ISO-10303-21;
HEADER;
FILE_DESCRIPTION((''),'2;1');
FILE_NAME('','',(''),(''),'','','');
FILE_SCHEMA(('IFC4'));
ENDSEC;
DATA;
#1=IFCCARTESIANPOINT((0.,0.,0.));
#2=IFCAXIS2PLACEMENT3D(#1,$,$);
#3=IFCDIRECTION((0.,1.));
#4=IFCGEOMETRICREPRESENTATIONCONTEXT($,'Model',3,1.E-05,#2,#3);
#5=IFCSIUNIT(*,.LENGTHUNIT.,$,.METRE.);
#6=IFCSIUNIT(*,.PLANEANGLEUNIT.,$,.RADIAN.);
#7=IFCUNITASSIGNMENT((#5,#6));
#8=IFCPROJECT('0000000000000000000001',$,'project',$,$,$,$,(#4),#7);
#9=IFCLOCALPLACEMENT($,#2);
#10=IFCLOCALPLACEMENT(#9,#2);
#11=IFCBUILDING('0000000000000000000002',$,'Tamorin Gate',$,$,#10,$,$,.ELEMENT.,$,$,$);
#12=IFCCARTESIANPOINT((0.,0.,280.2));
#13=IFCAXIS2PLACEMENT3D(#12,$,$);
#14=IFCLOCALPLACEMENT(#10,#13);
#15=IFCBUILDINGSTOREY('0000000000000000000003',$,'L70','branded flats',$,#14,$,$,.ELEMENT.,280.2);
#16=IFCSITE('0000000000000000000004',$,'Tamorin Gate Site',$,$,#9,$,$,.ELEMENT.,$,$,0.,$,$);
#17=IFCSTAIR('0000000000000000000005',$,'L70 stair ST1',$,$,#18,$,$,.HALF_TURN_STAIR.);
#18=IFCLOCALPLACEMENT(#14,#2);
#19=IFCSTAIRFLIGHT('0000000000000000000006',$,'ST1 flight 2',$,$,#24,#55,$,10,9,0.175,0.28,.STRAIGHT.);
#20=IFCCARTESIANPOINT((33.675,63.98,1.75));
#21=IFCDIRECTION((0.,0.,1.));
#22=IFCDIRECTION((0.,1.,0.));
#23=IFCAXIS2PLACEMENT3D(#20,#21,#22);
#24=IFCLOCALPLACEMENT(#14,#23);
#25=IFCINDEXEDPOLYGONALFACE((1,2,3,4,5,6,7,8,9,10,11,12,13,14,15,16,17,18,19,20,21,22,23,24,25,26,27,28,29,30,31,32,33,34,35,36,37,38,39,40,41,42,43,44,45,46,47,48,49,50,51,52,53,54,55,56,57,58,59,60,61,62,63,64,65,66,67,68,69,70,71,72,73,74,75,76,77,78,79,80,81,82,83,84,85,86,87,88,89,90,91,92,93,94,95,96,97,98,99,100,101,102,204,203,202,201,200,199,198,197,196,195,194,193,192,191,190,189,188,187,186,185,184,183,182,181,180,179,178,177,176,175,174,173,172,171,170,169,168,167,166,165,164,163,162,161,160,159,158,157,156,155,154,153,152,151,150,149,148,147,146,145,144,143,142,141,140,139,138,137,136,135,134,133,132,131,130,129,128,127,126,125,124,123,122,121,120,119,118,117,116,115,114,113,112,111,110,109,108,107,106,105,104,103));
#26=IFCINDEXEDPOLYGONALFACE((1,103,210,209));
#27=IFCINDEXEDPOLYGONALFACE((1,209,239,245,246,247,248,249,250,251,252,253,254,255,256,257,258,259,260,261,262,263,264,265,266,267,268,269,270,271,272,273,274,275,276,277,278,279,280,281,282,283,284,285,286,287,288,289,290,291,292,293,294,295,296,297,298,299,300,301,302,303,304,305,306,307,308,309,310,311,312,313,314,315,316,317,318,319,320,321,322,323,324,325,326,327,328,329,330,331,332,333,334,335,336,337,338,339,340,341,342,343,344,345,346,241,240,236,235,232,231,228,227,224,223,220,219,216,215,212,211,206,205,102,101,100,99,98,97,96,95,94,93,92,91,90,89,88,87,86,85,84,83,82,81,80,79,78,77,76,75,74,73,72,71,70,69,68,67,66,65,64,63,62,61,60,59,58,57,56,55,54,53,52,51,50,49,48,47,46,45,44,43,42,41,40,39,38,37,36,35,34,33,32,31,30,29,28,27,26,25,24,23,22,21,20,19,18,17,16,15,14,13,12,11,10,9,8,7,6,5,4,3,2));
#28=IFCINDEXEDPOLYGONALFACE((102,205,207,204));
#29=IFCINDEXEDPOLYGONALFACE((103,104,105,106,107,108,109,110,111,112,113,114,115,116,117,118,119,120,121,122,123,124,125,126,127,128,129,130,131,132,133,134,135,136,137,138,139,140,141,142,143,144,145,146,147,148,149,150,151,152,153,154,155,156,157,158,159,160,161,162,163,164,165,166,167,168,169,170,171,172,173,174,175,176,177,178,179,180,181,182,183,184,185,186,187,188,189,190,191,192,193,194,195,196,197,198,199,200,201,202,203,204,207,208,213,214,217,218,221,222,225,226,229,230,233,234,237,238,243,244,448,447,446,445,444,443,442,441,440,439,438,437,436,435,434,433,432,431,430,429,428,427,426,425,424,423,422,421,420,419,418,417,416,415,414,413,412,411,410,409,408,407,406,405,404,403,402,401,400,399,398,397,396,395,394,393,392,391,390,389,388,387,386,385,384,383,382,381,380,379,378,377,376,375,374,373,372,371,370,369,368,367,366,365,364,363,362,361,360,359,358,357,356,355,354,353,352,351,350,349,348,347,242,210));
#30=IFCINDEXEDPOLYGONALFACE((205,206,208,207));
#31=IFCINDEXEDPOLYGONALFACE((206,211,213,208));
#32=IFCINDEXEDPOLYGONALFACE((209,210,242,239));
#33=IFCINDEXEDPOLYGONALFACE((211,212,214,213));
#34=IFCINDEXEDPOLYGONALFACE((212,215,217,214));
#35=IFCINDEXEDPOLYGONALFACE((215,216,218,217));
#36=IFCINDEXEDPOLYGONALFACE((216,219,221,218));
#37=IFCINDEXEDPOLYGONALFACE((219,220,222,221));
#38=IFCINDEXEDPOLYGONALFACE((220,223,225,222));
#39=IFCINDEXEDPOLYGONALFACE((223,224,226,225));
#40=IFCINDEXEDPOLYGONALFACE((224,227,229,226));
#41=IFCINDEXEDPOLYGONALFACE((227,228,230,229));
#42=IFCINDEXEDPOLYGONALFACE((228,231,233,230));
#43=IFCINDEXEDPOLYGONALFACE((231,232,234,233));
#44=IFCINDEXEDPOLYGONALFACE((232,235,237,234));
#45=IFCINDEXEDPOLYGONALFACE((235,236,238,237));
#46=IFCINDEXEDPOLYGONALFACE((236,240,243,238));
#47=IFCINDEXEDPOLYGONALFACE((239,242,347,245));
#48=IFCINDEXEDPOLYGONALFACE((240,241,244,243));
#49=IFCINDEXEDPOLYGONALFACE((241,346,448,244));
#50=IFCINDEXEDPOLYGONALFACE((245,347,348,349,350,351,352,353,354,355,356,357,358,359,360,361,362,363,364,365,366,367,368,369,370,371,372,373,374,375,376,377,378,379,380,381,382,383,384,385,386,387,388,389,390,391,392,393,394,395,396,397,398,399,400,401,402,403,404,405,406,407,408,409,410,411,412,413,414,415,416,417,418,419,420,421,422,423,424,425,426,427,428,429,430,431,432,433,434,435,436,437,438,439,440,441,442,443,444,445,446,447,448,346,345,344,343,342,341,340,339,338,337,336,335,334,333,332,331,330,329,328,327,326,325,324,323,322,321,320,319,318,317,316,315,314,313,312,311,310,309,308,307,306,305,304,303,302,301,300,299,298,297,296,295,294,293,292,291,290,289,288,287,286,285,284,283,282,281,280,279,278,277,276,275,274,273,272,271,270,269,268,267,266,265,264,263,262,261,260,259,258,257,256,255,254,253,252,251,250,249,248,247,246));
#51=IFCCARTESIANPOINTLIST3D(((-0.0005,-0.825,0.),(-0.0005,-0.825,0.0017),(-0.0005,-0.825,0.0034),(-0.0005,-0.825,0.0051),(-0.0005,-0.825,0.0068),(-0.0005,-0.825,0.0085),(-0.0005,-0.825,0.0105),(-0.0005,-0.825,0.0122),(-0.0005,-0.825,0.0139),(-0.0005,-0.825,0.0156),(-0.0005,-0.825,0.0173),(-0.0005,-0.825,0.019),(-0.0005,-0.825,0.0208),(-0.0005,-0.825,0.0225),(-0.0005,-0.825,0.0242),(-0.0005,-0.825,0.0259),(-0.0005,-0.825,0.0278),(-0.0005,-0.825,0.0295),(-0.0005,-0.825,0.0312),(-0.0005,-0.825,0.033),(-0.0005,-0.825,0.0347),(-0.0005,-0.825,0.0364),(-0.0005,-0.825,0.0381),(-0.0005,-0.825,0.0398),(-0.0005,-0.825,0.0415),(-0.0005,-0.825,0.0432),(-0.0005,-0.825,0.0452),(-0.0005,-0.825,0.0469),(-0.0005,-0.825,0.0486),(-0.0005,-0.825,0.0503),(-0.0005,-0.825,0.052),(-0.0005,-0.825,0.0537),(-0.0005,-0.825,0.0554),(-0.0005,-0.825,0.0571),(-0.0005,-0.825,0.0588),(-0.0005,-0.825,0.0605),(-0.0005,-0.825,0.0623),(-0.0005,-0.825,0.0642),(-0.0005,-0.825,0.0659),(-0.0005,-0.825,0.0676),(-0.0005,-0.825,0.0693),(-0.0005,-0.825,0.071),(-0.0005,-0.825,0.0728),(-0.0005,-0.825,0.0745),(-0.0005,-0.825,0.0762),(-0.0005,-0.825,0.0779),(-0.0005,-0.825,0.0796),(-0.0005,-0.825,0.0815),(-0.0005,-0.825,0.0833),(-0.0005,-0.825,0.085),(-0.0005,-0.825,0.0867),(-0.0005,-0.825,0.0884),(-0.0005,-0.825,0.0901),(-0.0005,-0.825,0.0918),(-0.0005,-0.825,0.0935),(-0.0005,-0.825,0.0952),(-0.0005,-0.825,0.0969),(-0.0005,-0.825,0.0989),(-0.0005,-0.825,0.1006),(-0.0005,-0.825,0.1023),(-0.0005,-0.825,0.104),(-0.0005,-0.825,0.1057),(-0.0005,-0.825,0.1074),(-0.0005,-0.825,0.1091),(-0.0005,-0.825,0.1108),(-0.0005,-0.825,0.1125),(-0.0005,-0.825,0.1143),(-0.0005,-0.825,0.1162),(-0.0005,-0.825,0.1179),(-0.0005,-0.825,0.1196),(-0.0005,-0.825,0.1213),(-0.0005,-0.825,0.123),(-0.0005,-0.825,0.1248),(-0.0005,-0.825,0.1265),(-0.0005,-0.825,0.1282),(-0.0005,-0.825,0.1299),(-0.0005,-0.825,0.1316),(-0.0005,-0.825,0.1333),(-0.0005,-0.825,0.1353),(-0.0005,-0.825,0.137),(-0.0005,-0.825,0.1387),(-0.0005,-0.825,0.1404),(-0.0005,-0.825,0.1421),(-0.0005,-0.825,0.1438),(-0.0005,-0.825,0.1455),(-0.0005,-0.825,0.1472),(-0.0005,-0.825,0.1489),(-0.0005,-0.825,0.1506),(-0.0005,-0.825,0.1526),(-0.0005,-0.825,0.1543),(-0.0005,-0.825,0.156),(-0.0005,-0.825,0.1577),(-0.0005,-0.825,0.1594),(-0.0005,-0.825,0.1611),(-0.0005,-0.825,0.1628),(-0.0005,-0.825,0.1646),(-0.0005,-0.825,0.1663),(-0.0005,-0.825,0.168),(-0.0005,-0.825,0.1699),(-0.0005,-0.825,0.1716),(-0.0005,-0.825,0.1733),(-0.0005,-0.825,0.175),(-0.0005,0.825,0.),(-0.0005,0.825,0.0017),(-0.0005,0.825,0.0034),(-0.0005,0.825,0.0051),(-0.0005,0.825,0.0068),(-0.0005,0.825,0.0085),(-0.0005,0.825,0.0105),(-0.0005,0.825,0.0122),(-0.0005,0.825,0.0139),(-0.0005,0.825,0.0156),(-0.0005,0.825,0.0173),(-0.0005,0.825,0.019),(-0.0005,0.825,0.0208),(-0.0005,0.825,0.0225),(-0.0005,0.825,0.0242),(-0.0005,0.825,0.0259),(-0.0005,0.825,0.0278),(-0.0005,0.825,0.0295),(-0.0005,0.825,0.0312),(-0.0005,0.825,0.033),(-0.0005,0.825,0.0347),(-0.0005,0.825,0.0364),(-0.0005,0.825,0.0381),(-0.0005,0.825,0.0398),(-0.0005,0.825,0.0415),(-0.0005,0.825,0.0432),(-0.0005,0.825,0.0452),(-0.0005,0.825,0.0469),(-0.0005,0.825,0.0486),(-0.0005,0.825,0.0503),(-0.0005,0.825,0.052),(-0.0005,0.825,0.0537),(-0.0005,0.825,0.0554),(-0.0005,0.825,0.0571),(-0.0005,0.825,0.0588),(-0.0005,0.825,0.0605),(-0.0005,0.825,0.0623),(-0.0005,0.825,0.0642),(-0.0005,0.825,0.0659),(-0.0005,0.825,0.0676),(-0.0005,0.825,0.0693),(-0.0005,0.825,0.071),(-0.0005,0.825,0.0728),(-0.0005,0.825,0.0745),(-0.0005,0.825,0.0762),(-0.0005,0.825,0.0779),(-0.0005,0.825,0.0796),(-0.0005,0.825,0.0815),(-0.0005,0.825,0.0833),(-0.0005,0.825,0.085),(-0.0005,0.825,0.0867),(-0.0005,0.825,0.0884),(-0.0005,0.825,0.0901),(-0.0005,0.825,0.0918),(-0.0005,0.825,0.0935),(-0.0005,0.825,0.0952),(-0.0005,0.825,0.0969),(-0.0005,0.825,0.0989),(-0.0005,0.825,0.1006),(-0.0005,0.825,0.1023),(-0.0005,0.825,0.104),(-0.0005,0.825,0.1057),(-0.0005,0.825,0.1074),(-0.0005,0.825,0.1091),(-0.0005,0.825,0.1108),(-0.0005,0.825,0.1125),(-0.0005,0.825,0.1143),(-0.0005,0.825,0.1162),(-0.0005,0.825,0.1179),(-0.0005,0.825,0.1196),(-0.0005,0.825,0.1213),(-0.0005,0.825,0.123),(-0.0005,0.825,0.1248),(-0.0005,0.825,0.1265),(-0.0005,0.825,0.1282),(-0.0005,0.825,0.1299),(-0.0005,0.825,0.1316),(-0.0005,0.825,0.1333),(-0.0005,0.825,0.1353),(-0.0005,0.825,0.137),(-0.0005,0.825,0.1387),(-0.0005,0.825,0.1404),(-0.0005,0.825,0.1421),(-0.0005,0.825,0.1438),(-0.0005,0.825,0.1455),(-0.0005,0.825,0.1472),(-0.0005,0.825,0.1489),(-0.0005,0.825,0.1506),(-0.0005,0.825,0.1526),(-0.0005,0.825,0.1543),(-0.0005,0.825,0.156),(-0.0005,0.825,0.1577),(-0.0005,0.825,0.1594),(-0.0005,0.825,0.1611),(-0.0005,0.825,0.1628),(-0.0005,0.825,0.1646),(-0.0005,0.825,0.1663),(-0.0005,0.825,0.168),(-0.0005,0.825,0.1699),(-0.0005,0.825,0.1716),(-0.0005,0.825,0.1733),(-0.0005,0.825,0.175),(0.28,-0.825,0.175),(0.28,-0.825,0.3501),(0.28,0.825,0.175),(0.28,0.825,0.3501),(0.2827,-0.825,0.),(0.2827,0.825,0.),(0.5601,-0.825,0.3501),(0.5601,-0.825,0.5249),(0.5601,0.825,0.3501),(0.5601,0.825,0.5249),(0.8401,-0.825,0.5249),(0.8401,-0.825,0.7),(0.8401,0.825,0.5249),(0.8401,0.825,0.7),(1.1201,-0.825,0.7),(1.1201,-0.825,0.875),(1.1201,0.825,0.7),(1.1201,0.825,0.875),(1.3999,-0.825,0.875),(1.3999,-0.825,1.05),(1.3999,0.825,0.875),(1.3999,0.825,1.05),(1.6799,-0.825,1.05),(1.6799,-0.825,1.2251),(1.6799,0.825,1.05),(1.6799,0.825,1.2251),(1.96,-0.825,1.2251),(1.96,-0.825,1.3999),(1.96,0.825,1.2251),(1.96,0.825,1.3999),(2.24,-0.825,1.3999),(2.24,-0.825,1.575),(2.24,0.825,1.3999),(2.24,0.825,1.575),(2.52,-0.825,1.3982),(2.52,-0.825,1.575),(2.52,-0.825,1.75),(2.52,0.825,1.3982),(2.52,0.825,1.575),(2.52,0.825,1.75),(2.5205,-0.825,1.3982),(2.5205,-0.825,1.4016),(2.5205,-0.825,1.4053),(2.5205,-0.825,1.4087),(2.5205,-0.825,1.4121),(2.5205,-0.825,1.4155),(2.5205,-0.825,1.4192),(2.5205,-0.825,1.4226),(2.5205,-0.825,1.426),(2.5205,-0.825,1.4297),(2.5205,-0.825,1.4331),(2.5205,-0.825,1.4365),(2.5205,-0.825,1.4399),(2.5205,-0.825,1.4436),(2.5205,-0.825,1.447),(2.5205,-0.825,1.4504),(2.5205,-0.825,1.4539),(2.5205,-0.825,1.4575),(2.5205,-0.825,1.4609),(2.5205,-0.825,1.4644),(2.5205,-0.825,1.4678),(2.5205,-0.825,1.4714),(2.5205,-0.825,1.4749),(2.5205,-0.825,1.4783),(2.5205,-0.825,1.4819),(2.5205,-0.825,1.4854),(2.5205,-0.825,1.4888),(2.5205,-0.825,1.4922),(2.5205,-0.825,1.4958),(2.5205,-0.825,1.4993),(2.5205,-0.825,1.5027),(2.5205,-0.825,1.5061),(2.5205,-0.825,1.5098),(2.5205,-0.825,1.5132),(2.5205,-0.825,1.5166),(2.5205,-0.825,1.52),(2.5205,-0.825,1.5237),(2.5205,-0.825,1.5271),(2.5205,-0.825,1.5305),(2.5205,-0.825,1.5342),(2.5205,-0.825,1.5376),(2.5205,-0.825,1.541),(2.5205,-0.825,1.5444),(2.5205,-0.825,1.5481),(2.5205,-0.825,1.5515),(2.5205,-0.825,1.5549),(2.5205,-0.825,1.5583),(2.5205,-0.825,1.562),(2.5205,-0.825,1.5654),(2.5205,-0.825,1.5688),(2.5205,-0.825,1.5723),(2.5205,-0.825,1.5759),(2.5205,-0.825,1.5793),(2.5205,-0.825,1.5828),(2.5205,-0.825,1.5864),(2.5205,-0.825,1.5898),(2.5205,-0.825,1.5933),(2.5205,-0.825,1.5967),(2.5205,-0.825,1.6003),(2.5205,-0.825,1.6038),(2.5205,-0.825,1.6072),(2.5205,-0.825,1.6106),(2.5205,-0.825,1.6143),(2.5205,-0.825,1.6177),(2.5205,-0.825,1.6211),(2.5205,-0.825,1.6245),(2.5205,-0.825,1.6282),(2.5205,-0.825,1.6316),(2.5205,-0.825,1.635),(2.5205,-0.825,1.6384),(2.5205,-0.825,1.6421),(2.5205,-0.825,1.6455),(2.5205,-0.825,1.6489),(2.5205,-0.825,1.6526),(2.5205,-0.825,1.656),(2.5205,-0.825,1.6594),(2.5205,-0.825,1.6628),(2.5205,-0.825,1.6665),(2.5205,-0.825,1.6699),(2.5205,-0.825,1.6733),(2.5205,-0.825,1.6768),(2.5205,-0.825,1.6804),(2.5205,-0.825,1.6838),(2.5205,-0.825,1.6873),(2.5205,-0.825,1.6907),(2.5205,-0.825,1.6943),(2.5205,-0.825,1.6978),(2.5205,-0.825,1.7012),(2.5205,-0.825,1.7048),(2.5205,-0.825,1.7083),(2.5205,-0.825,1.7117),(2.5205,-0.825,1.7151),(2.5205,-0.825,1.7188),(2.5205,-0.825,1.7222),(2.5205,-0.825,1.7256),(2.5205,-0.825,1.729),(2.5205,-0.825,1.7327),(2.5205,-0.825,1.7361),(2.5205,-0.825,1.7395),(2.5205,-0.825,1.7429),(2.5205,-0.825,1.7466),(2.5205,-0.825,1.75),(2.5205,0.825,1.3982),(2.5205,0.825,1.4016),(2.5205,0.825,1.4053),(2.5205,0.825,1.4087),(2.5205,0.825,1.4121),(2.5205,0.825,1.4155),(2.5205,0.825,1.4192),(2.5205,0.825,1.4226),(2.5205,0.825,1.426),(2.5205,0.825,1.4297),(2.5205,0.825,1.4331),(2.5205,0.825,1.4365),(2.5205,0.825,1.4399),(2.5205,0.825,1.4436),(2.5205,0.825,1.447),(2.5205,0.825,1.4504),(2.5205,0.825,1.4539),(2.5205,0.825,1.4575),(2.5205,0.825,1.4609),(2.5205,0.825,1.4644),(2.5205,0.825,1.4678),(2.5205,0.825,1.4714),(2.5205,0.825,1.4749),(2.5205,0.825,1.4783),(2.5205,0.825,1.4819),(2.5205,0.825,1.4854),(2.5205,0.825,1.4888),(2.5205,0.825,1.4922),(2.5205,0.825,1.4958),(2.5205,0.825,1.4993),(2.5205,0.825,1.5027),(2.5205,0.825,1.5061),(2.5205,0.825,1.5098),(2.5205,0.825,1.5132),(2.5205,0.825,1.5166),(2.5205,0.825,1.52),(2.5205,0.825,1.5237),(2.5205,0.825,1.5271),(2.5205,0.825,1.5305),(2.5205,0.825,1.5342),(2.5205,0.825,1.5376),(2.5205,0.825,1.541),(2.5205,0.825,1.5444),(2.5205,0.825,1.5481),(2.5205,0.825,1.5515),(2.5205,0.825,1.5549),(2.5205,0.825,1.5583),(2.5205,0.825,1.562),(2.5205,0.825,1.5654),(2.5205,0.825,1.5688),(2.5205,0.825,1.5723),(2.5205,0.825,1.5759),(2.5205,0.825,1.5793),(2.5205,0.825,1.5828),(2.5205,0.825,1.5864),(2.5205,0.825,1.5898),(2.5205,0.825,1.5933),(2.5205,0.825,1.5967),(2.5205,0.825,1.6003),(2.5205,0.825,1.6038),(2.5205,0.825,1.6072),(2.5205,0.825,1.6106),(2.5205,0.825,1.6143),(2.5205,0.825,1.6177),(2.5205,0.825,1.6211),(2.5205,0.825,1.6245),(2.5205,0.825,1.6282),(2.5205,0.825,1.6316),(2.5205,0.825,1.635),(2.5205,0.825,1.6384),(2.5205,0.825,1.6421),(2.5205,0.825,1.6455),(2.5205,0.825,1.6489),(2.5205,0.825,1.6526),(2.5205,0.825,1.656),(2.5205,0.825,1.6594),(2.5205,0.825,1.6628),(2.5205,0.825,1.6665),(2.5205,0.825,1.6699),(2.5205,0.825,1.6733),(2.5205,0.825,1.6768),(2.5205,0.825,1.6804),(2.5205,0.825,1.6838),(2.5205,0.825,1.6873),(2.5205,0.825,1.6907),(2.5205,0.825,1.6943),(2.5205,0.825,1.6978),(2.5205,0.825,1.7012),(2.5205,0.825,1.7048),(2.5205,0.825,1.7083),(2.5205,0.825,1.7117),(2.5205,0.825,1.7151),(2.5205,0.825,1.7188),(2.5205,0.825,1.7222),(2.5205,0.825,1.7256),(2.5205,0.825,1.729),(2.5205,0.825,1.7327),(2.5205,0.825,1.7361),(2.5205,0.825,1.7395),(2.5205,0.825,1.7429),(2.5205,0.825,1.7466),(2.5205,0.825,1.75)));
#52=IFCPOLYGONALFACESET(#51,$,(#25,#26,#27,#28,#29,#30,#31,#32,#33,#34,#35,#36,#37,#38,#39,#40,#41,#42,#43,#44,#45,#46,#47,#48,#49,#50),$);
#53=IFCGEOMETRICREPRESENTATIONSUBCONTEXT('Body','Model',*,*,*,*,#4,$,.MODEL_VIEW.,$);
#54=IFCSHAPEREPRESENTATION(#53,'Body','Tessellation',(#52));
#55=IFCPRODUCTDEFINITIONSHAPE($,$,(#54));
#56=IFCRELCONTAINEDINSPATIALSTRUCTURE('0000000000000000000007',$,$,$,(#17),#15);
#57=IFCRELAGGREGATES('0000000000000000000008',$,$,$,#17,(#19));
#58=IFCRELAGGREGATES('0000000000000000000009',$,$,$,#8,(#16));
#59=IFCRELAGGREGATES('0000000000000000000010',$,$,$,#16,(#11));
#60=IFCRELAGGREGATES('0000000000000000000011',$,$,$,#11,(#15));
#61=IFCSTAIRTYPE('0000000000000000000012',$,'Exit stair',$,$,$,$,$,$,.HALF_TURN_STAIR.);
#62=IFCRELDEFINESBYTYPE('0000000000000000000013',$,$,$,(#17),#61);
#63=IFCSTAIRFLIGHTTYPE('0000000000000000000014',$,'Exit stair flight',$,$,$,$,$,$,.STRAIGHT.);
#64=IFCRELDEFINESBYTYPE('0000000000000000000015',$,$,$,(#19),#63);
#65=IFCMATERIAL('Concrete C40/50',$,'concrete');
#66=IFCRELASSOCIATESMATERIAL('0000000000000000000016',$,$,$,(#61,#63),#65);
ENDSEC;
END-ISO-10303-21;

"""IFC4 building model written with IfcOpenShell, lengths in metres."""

from ifc_helpers import new_model, si_unit, direction, frame, origin, place, context, subcontext, project, spatial, polyline, outline, extrude, material, type_object, element, aggregate, save


model = new_model("IFC4")

# Units and contexts
model_context = context("Model", 3, precision=1e-05, world=origin(), true_north=direction((0.0, 1.0)))
body_context = subcontext(model_context, "Body", "Model", "MODEL_VIEW")
ifc_project = project(units=[si_unit("LENGTHUNIT", "METRE"), si_unit("PLANEANGLEUNIT", "RADIAN")], contexts=[model_context])

# Site, building, storey
site_placement = place(None, origin())
site = spatial("IfcSite", under=ifc_project, at=site_placement, Name="Tamorin Gate Site", CompositionType="ELEMENT", RefElevation=0.0)
building_placement = place(site_placement, origin())
building = spatial("IfcBuilding", under=site, at=building_placement, Name="Tamorin Gate", CompositionType="ELEMENT")
storey_placement = place(building_placement, frame((0.0, 0.0, 280.2)))
storey = spatial("IfcBuildingStorey", under=building, at=storey_placement, Name="L70", Description="branded flats", CompositionType="ELEMENT", Elevation=280.2)

# Shared definitions
ifc_material_1 = material(Name="Concrete C40/50", Category="concrete")

# Stair, stair flight
stair_type = type_object("IfcStairType", Name="Exit stair", PredefinedType="HALF_TURN_STAIR", material=ifc_material_1)
stair_1_placement = place(storey_placement, origin())
stair_1 = element("IfcStair", 1, at=stair_1_placement, inside=storey, type_object=stair_type, Name="L70 stair ST1", PredefinedType="HALF_TURN_STAIR")
stair_flight_type = type_object("IfcStairFlightType", Name="Exit stair flight", PredefinedType="STRAIGHT", material=ifc_material_1)
stair_flight_1_placement = place(storey_placement, frame((33.675, 63.98, 1.75), z_axis=(0.0, 0.0, 1.0), x_axis=(0.0, 1.0, 0.0)))
stair_flight_1 = element("IfcStairFlight", 2, at=stair_flight_1_placement, type_object=stair_flight_type, Name="ST1 flight 2", NumberOfRisers=10, NumberOfTreads=9, PredefinedType="STRAIGHT", RiserHeight=0.175, TreadLength=0.28, context=body_context, shape_type="SweptSolid", body=[
    extrude(outline(polyline([(-0.0005, 0.0), (-0.0005, 0.0017), (-0.0005, 0.0034), (-0.0005, 0.0051), (-0.0005, 0.0068), (-0.0005, 0.0085), (-0.0005, 0.0105), (-0.0005, 0.0122), (-0.0005, 0.0139), (-0.0005, 0.0156), (-0.0005, 0.0173), (-0.0005, 0.019), (-0.0005, 0.0208), (-0.0005, 0.0225), (-0.0005, 0.0242), (-0.0005, 0.0259), (-0.0005, 0.0278), (-0.0005, 0.0295), (-0.0005, 0.0312), (-0.0005, 0.033), (-0.0005, 0.0347), (-0.0005, 0.0364), (-0.0005, 0.0381), (-0.0005, 0.0398), (-0.0005, 0.0415), (-0.0005, 0.0432), (-0.0005, 0.0452), (-0.0005, 0.0469), (-0.0005, 0.0486), (-0.0005, 0.0503), (-0.0005, 0.052), (-0.0005, 0.0537), (-0.0005, 0.0554), (-0.0005, 0.0571), (-0.0005, 0.0588), (-0.0005, 0.0605), (-0.0005, 0.0623), (-0.0005, 0.0642), (-0.0005, 0.0659), (-0.0005, 0.0676), (-0.0005, 0.0693), (-0.0005, 0.071), (-0.0005, 0.0728), (-0.0005, 0.0745), (-0.0005, 0.0762), (-0.0005, 0.0779), (-0.0005, 0.0796), (-0.0005, 0.0815), (-0.0005, 0.0833), (-0.0005, 0.085), (-0.0005, 0.0867), (-0.0005, 0.0884), (-0.0005, 0.0901), (-0.0005, 0.0918), (-0.0005, 0.0935), (-0.0005, 0.0952), (-0.0005, 0.0969), (-0.0005, 0.0989), (-0.0005, 0.1006), (-0.0005, 0.1023), (-0.0005, 0.104), (-0.0005, 0.1057), (-0.0005, 0.1074), (-0.0005, 0.1091), (-0.0005, 0.1108), (-0.0005, 0.1125), (-0.0005, 0.1143), (-0.0005, 0.1162), (-0.0005, 0.1179), (-0.0005, 0.1196), (-0.0005, 0.1213), (-0.0005, 0.123), (-0.0005, 0.1248), (-0.0005, 0.1265), (-0.0005, 0.1282), (-0.0005, 0.1299), (-0.0005, 0.1316), (-0.0005, 0.1333), (-0.0005, 0.1353), (-0.0005, 0.137), (-0.0005, 0.1387), (-0.0005, 0.1404), (-0.0005, 0.1421), (-0.0005, 0.1438), (-0.0005, 0.1455), (-0.0005, 0.1472), (-0.0005, 0.1489), (-0.0005, 0.1506), (-0.0005, 0.1526), (-0.0005, 0.1543), (-0.0005, 0.156), (-0.0005, 0.1577), (-0.0005, 0.1594), (-0.0005, 0.1611), (-0.0005, 0.1628), (-0.0005, 0.1646), (-0.0005, 0.1663), (-0.0005, 0.168), (-0.0005, 0.1699), (-0.0005, 0.1716), (-0.0005, 0.1733), (-0.0005, 0.175), (0.28, 0.175), (0.28, 0.3501), (0.5601, 0.3501), (0.5601, 0.5249), (0.8401, 0.5249), (0.8401, 0.7), (1.1201, 0.7), (1.1201, 0.875), (1.3999, 0.875), (1.3999, 1.05), (1.6799, 1.05), (1.6799, 1.2251), (1.96, 1.2251), (1.96, 1.3999), (2.24, 1.3999), (2.24, 1.575), (2.52, 1.575), (2.52, 1.75), (2.5205, 1.75), (2.5205, 1.7466), (2.5205, 1.7429), (2.5205, 1.7395), (2.5205, 1.7361), (2.5205, 1.7327), (2.5205, 1.729), (2.5205, 1.7256), (2.5205, 1.7222), (2.5205, 1.7188), (2.5205, 1.7151), (2.5205, 1.7117), (2.5205, 1.7083), (2.5205, 1.7048), (2.5205, 1.7012), (2.5205, 1.6978), (2.5205, 1.6943), (2.5205, 1.6907), (2.5205, 1.6873), (2.5205, 1.6838), (2.5205, 1.6804), (2.5205, 1.6768), (2.5205, 1.6733), (2.5205, 1.6699), (2.5205, 1.6665), (2.5205, 1.6628), (2.5205, 1.6594), (2.5205, 1.656), (2.5205, 1.6526), (2.5205, 1.6489), (2.5205, 1.6455), (2.5205, 1.6421), (2.5205, 1.6384), (2.5205, 1.635), (2.5205, 1.6316), (2.5205, 1.6282), (2.5205, 1.6245), (2.5205, 1.6211), (2.5205, 1.6177), (2.5205, 1.6143), (2.5205, 1.6106), (2.5205, 1.6072), (2.5205, 1.6038), (2.5205, 1.6003), (2.5205, 1.5967), (2.5205, 1.5933), (2.5205, 1.5898), (2.5205, 1.5864), (2.5205, 1.5828), (2.5205, 1.5793), (2.5205, 1.5759), (2.5205, 1.5723), (2.5205, 1.5688), (2.5205, 1.5654), (2.5205, 1.562), (2.5205, 1.5583), (2.5205, 1.5549), (2.5205, 1.5515), (2.5205, 1.5481), (2.5205, 1.5444), (2.5205, 1.541), (2.5205, 1.5376), (2.5205, 1.5342), (2.5205, 1.5305), (2.5205, 1.5271), (2.5205, 1.5237), (2.5205, 1.52), (2.5205, 1.5166), (2.5205, 1.5132), (2.5205, 1.5098), (2.5205, 1.5061), (2.5205, 1.5027), (2.5205, 1.4993), (2.5205, 1.4958), (2.5205, 1.4922), (2.5205, 1.4888), (2.5205, 1.4854), (2.5205, 1.4819), (2.5205, 1.4783), (2.5205, 1.4749), (2.5205, 1.4714), (2.5205, 1.4678), (2.5205, 1.4644), (2.5205, 1.4609), (2.5205, 1.4575), (2.5205, 1.4539), (2.5205, 1.4504), (2.5205, 1.447), (2.5205, 1.4436), (2.5205, 1.4399), (2.5205, 1.4365), (2.5205, 1.4331), (2.5205, 1.4297), (2.5205, 1.426), (2.5205, 1.4226), (2.5205, 1.4192), (2.5205, 1.4155), (2.5205, 1.4121), (2.5205, 1.4087), (2.5205, 1.4053), (2.5205, 1.4016), (2.5205, 1.3982), (2.52, 1.3982), (0.2827, 0.0), (-0.0005, 0.0)])), frame((0.0, 0.825, 0.0), z_axis=(0.0, -1.0, 0.0), x_axis=(1.0, 0.0, 0.0)), (0.0, 0.0, 1.0), 1.6499),
])
aggregate(stair_1, [stair_flight_1])

save(model, "model.ifc")
